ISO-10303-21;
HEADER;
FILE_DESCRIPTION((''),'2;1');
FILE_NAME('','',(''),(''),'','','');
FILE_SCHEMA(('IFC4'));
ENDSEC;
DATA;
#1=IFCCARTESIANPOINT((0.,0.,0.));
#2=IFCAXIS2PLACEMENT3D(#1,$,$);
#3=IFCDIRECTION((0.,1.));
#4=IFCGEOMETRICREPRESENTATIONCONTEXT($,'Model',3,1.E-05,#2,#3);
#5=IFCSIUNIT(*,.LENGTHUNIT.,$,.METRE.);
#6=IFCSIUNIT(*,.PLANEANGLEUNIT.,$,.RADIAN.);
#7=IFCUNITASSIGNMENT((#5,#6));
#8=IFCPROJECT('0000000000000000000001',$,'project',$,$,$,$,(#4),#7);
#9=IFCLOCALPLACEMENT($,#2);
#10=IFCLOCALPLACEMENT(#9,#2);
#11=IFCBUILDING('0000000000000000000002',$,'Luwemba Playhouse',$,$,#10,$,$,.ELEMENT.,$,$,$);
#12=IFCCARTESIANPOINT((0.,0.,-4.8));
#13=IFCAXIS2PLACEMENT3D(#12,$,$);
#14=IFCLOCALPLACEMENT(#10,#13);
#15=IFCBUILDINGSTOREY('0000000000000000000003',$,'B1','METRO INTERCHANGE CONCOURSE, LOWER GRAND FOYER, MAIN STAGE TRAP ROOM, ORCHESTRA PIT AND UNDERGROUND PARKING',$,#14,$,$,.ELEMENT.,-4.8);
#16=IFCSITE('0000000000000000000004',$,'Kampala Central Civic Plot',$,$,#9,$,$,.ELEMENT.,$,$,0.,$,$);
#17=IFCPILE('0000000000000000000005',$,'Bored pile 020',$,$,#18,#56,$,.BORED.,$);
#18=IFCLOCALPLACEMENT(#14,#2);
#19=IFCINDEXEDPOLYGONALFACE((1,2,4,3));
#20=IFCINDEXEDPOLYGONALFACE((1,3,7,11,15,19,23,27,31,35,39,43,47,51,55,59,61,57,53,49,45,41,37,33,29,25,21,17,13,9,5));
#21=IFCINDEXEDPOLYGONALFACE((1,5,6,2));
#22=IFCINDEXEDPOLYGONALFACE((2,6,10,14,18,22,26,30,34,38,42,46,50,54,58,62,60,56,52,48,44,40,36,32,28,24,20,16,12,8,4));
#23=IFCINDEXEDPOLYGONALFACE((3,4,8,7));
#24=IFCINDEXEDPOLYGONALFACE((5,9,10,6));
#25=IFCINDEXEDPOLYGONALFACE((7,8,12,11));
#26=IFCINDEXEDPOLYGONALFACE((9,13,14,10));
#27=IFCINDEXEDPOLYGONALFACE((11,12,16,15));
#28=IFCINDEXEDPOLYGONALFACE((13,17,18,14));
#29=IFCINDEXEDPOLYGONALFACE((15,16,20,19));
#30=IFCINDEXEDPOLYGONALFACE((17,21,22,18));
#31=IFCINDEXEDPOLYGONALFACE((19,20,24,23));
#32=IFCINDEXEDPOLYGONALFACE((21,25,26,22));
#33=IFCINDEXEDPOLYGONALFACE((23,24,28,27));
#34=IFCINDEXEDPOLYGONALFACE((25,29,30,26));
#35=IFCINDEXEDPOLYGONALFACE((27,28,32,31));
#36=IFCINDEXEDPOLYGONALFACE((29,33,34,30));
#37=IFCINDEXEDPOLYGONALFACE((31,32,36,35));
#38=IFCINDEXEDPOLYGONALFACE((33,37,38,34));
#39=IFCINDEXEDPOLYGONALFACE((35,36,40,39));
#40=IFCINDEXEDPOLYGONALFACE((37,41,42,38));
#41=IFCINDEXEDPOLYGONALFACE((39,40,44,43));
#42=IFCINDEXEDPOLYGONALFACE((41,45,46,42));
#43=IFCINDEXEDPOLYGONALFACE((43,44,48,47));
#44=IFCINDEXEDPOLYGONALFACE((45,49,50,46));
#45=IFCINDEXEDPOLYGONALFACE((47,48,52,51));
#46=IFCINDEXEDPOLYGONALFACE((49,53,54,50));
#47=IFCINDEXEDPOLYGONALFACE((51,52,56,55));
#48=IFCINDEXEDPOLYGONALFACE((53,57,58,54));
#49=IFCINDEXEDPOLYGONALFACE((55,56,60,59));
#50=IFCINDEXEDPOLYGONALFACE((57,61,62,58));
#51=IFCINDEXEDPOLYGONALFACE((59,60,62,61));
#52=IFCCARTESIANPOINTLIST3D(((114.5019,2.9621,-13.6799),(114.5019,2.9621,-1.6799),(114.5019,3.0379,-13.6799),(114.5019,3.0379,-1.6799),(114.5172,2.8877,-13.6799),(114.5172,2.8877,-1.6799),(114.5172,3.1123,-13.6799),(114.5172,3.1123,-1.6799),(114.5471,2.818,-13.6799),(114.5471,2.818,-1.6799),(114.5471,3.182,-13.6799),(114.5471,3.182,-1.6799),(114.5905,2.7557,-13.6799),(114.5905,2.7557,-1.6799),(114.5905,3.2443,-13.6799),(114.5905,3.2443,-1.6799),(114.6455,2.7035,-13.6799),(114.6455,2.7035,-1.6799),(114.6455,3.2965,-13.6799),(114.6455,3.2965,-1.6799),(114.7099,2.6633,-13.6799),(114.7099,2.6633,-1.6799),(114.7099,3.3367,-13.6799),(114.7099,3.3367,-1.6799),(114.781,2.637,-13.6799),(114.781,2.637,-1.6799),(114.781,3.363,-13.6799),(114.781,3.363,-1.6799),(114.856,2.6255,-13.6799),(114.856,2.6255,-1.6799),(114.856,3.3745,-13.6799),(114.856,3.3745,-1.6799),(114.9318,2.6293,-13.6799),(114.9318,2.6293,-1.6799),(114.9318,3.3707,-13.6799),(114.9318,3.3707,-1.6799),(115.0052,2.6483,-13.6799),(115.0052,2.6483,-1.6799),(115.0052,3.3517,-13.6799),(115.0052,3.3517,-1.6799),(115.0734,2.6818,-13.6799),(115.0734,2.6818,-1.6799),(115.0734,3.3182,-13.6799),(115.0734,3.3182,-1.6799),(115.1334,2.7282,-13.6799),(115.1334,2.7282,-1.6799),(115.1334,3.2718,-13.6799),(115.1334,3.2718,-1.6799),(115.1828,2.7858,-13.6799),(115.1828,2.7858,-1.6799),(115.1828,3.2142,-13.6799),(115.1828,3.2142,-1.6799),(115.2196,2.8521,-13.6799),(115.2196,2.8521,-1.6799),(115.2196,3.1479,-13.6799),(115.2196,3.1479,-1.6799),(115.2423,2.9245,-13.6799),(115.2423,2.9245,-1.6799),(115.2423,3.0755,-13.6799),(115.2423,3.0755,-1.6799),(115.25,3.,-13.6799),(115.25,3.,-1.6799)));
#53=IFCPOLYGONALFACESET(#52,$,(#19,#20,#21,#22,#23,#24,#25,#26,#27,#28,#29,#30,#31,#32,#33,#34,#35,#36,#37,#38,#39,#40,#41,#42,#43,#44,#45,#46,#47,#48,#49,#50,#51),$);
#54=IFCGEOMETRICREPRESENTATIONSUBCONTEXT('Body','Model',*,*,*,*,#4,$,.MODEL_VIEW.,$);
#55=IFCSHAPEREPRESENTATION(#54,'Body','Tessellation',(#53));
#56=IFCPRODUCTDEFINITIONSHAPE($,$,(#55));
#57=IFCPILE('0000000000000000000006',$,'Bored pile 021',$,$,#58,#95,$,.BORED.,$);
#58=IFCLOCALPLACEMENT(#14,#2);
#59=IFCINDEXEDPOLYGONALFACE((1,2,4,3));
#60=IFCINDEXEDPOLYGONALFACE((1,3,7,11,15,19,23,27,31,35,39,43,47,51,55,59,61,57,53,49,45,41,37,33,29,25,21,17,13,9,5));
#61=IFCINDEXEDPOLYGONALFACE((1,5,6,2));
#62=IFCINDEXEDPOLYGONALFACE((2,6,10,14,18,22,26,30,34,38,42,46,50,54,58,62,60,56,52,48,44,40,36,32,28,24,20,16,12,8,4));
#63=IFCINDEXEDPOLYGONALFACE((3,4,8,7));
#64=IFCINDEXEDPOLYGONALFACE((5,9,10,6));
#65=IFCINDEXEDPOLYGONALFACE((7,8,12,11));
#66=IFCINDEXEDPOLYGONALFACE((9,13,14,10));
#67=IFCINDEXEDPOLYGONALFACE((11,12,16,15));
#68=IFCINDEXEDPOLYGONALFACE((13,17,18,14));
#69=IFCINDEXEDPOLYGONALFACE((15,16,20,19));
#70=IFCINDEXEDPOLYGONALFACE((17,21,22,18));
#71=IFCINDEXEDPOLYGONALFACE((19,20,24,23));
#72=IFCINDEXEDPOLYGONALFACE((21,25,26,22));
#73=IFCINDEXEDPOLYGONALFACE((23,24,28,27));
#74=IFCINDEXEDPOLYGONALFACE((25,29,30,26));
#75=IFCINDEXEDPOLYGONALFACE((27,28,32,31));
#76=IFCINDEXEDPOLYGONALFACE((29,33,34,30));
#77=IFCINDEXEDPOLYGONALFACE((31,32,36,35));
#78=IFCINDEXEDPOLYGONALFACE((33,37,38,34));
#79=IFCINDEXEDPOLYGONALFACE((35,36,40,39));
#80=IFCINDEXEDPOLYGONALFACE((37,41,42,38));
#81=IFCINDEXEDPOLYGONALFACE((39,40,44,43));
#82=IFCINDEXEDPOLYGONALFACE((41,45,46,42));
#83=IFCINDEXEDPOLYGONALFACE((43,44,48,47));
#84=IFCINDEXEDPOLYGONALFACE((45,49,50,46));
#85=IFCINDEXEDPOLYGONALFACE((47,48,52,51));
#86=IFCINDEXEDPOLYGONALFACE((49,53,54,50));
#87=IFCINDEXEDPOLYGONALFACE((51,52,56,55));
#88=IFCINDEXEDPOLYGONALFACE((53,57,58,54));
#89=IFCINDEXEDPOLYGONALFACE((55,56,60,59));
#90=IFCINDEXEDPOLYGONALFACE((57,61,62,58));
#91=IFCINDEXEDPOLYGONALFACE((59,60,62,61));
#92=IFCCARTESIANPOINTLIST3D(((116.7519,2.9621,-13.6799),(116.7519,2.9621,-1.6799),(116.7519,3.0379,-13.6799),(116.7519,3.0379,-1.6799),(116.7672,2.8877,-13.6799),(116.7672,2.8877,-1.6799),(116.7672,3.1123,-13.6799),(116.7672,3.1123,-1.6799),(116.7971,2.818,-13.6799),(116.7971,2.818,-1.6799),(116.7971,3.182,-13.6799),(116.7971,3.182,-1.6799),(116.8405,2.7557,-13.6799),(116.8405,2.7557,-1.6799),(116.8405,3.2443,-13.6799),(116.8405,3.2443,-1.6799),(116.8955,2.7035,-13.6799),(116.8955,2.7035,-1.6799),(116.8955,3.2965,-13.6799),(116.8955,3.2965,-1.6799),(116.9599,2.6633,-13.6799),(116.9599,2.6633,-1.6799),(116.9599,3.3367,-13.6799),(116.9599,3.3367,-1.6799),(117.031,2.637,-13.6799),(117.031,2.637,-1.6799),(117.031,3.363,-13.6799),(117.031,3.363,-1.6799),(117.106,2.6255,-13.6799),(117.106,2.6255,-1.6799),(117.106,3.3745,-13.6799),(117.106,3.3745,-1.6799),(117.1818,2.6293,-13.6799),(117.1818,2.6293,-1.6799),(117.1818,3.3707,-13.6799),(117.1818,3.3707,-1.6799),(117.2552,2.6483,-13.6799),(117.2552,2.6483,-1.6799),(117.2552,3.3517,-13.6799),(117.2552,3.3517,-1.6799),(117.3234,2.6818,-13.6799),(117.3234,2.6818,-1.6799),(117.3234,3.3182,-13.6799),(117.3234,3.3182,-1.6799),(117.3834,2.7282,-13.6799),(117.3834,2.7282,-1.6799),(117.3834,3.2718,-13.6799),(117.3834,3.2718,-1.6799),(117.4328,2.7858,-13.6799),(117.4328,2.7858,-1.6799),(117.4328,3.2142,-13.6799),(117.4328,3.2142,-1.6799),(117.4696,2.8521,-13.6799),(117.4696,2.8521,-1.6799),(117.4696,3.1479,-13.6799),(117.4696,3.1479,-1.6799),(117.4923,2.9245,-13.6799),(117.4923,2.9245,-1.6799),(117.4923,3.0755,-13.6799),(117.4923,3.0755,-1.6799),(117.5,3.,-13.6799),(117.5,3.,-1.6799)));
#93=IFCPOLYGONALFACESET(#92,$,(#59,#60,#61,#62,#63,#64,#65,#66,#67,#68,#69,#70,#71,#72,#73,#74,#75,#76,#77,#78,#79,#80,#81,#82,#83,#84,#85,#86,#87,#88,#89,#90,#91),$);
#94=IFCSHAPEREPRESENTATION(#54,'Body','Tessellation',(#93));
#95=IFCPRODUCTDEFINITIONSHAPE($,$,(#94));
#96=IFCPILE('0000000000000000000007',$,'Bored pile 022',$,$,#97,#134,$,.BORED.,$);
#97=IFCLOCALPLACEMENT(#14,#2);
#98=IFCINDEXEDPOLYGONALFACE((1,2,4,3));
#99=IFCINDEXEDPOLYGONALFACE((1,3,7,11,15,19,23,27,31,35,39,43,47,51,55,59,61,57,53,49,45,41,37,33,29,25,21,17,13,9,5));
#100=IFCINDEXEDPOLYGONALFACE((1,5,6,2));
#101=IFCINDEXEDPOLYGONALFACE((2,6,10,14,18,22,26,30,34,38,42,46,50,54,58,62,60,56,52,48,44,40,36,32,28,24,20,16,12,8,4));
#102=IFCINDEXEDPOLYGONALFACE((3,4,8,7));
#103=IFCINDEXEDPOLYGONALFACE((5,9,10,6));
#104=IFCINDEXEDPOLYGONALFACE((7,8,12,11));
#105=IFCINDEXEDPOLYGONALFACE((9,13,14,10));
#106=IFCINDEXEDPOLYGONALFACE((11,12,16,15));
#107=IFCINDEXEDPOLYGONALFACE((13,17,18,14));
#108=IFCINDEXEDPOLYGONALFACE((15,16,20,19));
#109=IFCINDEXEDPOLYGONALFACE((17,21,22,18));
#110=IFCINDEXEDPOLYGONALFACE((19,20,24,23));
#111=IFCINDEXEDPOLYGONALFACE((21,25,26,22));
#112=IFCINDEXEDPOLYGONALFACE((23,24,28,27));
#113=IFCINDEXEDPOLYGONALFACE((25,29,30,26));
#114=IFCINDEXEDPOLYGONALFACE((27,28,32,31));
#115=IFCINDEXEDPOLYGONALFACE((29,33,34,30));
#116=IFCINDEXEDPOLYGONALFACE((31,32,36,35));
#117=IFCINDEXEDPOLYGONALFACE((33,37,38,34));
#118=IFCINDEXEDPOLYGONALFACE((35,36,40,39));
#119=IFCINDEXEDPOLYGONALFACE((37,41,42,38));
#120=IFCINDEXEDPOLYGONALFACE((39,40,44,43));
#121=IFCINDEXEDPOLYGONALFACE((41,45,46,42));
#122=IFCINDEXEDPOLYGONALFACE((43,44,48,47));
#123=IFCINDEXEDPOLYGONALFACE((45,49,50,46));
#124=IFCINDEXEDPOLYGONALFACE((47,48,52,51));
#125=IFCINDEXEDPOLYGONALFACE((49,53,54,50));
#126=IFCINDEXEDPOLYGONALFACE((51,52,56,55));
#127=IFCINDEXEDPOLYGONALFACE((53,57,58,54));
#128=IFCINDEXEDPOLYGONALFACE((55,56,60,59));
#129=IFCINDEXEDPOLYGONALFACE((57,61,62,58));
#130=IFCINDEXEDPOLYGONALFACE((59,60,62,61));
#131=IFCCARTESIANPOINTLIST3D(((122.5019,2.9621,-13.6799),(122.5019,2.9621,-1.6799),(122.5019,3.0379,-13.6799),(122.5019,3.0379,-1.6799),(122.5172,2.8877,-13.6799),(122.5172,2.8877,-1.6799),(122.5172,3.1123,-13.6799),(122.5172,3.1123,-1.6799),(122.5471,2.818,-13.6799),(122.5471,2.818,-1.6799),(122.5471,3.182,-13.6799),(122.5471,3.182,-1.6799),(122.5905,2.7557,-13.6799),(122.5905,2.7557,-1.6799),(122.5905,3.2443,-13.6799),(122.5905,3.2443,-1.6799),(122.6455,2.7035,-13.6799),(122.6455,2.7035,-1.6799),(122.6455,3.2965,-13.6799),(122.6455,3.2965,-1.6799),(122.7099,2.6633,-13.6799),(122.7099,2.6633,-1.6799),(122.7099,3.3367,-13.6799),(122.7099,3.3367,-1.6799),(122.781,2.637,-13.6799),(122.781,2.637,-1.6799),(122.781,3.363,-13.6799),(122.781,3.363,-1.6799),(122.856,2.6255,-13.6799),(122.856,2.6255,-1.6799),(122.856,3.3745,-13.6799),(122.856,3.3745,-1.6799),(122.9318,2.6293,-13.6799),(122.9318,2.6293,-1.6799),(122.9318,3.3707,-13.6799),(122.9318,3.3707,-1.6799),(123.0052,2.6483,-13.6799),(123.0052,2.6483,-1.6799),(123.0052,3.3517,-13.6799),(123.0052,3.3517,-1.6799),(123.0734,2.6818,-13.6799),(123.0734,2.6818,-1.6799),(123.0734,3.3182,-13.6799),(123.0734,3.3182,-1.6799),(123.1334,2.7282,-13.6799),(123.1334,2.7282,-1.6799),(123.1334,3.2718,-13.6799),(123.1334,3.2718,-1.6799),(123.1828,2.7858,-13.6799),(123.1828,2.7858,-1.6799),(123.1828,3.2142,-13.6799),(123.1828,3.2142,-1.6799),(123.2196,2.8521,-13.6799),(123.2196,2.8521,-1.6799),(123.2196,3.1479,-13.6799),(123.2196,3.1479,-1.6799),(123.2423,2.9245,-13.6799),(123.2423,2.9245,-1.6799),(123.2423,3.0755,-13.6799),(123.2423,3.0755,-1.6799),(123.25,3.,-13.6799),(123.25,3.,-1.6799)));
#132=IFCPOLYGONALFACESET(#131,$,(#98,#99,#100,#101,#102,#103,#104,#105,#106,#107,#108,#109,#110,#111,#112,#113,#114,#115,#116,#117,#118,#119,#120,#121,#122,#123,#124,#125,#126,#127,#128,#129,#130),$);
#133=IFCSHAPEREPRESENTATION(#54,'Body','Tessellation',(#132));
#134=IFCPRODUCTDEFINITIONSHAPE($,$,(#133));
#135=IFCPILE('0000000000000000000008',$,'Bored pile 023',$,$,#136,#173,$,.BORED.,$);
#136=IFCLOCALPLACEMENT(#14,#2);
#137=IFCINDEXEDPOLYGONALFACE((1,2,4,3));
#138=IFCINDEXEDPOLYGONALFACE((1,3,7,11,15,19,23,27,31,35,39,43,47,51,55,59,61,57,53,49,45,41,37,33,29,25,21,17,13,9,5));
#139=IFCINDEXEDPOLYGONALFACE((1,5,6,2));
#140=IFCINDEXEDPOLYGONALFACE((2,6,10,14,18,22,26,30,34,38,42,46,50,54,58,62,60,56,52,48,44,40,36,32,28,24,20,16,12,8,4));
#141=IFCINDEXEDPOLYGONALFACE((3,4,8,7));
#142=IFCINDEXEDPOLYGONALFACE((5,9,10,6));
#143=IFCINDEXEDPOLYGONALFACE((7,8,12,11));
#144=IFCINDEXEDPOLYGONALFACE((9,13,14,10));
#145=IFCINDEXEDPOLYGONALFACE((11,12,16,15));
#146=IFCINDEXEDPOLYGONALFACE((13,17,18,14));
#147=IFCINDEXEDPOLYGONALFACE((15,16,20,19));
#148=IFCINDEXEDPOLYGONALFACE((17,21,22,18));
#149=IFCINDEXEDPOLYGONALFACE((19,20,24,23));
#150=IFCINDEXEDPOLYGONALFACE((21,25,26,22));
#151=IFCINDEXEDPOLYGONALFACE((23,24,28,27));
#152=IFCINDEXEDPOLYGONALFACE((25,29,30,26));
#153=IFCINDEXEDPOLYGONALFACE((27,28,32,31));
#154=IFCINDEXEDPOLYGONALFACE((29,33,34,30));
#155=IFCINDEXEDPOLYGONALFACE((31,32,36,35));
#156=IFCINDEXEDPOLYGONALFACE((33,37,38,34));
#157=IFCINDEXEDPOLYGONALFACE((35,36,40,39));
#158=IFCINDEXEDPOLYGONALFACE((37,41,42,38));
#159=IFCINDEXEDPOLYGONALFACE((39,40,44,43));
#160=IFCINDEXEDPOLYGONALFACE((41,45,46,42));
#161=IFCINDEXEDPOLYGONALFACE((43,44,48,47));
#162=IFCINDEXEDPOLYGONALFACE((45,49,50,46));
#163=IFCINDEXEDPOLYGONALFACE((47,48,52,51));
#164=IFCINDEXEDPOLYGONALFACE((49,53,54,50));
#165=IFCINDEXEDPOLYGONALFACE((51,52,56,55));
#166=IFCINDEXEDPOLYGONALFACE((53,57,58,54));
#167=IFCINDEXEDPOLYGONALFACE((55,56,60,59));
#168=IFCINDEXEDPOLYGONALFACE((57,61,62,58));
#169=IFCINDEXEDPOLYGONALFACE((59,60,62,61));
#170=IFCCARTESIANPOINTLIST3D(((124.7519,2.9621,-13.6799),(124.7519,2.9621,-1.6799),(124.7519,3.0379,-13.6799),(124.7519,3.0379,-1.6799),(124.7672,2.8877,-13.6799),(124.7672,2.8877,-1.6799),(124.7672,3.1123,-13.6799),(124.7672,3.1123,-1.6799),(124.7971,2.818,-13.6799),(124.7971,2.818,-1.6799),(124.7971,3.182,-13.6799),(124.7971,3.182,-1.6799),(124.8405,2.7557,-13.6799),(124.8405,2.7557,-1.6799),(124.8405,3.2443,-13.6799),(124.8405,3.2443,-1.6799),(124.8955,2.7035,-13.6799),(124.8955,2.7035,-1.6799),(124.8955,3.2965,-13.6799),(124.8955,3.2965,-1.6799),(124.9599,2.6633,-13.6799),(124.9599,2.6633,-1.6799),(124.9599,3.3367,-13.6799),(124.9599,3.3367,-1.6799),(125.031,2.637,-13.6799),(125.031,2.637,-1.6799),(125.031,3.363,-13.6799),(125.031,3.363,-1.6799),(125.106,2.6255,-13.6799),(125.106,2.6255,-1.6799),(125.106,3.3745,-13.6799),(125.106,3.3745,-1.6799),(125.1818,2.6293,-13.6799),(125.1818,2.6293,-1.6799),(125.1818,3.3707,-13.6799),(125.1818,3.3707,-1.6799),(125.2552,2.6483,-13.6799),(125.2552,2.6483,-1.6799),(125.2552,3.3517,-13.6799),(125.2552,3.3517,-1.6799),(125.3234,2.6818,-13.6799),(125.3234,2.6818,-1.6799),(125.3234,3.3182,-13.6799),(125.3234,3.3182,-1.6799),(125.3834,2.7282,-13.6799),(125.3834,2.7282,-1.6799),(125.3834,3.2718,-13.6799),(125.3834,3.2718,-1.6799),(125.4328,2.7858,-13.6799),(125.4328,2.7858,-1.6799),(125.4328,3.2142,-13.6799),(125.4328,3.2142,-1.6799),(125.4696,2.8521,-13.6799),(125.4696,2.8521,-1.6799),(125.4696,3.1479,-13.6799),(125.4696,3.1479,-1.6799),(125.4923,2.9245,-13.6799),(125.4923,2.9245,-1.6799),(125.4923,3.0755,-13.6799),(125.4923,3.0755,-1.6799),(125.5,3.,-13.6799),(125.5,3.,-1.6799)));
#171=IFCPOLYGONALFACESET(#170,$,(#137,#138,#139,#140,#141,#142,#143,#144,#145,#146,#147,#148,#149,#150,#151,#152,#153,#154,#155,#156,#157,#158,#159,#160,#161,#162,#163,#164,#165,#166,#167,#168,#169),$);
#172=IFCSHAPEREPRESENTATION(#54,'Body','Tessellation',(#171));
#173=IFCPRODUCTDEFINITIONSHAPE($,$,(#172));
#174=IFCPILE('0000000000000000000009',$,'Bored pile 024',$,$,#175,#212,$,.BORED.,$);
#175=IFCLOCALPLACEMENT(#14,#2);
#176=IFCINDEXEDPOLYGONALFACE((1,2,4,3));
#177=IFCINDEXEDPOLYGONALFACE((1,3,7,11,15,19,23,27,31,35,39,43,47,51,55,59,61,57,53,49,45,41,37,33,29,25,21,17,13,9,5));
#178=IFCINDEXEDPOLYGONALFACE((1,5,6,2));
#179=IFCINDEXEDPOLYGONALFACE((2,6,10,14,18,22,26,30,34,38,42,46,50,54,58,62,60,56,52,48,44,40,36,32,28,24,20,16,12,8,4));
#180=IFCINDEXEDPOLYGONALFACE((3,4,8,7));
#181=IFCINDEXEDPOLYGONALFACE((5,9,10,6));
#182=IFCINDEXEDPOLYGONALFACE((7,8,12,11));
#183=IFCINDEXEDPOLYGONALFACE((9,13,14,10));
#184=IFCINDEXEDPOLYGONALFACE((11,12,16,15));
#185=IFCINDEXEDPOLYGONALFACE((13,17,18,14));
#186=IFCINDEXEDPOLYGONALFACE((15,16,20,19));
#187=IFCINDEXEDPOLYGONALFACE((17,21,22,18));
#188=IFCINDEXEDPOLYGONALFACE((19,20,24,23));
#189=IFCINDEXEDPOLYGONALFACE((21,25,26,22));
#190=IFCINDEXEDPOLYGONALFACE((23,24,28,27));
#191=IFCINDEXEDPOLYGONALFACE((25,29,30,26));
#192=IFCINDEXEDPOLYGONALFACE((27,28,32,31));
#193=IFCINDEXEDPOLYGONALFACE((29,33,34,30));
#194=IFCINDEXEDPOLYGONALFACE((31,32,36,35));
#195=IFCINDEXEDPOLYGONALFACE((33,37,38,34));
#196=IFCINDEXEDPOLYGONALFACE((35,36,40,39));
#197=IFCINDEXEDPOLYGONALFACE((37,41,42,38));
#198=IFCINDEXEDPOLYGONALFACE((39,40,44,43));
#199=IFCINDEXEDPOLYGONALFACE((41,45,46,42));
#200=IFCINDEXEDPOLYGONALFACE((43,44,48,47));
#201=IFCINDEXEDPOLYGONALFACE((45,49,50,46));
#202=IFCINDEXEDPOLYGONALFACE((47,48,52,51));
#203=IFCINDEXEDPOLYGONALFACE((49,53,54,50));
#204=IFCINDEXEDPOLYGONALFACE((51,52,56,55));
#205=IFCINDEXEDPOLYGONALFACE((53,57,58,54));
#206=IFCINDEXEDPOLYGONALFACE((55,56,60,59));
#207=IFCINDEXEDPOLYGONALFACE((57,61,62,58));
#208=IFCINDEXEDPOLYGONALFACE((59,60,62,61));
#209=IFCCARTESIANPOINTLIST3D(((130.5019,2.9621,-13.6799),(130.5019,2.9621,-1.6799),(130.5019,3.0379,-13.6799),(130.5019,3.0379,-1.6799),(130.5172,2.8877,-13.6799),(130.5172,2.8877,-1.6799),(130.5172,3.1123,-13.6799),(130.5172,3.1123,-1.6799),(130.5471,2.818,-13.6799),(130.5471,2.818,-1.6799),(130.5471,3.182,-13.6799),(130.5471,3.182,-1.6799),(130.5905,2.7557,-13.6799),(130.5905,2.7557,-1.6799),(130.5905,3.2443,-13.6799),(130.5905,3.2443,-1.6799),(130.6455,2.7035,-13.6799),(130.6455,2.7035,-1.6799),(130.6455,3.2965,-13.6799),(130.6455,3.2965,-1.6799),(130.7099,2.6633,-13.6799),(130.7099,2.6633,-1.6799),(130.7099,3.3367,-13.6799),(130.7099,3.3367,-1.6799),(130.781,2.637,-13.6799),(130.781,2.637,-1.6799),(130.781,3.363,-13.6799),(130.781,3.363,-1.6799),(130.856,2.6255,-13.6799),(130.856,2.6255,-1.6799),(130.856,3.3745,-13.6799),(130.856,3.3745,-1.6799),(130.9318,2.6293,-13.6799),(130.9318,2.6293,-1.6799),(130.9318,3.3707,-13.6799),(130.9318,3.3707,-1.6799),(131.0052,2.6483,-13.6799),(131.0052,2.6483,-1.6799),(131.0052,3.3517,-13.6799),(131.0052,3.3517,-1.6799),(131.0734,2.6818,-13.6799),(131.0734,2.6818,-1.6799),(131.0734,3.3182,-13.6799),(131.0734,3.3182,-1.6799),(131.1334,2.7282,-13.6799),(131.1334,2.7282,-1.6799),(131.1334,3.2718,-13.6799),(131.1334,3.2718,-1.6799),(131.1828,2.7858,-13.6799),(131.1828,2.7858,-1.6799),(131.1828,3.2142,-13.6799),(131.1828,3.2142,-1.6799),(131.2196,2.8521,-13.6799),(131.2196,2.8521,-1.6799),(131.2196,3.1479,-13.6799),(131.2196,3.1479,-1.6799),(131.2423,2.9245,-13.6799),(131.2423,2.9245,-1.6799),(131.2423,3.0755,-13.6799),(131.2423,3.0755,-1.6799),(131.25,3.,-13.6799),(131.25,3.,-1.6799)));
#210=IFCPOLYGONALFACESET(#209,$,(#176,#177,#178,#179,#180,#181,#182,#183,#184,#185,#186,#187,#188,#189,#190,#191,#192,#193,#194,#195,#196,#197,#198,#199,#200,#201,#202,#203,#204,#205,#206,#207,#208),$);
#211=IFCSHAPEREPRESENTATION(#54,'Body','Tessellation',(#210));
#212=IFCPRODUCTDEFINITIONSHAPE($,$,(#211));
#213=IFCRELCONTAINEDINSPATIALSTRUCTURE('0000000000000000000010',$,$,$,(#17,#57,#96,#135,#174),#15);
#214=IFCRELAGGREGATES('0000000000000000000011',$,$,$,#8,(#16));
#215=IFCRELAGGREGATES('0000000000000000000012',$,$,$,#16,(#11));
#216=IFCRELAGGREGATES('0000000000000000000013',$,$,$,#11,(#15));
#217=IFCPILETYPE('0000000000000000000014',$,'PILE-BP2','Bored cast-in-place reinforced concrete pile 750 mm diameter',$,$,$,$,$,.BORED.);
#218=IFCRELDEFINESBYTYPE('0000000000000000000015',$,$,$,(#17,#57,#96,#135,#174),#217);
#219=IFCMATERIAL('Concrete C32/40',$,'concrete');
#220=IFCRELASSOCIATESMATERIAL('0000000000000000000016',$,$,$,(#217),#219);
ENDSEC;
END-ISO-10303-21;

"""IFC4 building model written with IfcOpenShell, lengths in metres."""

from ifc_helpers import new_model, si_unit, direction, frame, origin, origin_2d, place, context, subcontext, project, spatial, circle, extrude, material, material_profile, profile_set, type_object, element, save


model = new_model("IFC4")

# Units and contexts
model_context = context("Model", 3, precision=1e-05, world=origin(), true_north=direction((0.0, 1.0)))
body_context = subcontext(model_context, "Body", "Model", "MODEL_VIEW")
ifc_project = project(units=[si_unit("LENGTHUNIT", "METRE"), si_unit("PLANEANGLEUNIT", "RADIAN")], contexts=[model_context])

# Site, building, storey
site_placement = place(None, origin())
site = spatial("IfcSite", under=ifc_project, at=site_placement, Name="Kampala Central Civic Plot", CompositionType="ELEMENT", RefElevation=0.0)
building_placement = place(site_placement, origin())
building = spatial("IfcBuilding", under=site, at=building_placement, Name="Luwemba Playhouse", CompositionType="ELEMENT")
storey_placement = place(building_placement, frame((0.0, 0.0, -4.8)))
storey = spatial("IfcBuildingStorey", under=building, at=storey_placement, Name="B1", Description="METRO INTERCHANGE CONCOURSE, LOWER GRAND FOYER, MAIN STAGE TRAP ROOM, ORCHESTRA PIT AND UNDERGROUND PARKING", CompositionType="ELEMENT", Elevation=-4.8)

# Shared definitions
ifc_material_1 = material(Name="Concrete C32/40", Category="concrete")

# Piles
ifc_material_profile_1 = material_profile(ifc_material_1, circle(Radius=0.375, at=origin_2d()))
ifc_profile_set_1 = profile_set([ifc_material_profile_1], Name="Concrete C32/40")
pile_type_1 = type_object("IfcPileType", Name="PILE-BP2", Description="Bored cast-in-place reinforced concrete pile 750 mm diameter", PredefinedType="BORED", material=ifc_profile_set_1)
for number, where, z_axis, x_axis, name in (
    (1, (114.875, 3.0, -1.6799), (0.0, 0.0, -1.0), (1.0, 0.0, 0.0), "Bored pile 020"),
    (2, (117.125, 3.0, -1.6799), (0.0, 0.0, -1.0), (1.0, 0.0, 0.0), "Bored pile 021"),
    (3, (122.875, 3.0, -1.6799), (0.0, 0.0, -1.0), (1.0, 0.0, 0.0), "Bored pile 022"),
    (4, (125.125, 3.0, -1.6799), (0.0, 0.0, -1.0), (1.0, 0.0, 0.0), "Bored pile 023"),
    (5, (130.875, 3.0, -1.6799), (0.0, 0.0, -1.0), (1.0, 0.0, 0.0), "Bored pile 024"),
):
    element("IfcPile", number, at=place(storey_placement, frame(where, z_axis=z_axis, x_axis=x_axis)), inside=storey, type_object=pile_type_1, Name=name, PredefinedType="BORED", context=body_context, shape_type="SweptSolid", body=[
        extrude(circle(Radius=0.375, at=origin_2d()), origin(), (0.0, 0.0, 1.0), 12.0),
    ])

save(model, "model.ifc")
